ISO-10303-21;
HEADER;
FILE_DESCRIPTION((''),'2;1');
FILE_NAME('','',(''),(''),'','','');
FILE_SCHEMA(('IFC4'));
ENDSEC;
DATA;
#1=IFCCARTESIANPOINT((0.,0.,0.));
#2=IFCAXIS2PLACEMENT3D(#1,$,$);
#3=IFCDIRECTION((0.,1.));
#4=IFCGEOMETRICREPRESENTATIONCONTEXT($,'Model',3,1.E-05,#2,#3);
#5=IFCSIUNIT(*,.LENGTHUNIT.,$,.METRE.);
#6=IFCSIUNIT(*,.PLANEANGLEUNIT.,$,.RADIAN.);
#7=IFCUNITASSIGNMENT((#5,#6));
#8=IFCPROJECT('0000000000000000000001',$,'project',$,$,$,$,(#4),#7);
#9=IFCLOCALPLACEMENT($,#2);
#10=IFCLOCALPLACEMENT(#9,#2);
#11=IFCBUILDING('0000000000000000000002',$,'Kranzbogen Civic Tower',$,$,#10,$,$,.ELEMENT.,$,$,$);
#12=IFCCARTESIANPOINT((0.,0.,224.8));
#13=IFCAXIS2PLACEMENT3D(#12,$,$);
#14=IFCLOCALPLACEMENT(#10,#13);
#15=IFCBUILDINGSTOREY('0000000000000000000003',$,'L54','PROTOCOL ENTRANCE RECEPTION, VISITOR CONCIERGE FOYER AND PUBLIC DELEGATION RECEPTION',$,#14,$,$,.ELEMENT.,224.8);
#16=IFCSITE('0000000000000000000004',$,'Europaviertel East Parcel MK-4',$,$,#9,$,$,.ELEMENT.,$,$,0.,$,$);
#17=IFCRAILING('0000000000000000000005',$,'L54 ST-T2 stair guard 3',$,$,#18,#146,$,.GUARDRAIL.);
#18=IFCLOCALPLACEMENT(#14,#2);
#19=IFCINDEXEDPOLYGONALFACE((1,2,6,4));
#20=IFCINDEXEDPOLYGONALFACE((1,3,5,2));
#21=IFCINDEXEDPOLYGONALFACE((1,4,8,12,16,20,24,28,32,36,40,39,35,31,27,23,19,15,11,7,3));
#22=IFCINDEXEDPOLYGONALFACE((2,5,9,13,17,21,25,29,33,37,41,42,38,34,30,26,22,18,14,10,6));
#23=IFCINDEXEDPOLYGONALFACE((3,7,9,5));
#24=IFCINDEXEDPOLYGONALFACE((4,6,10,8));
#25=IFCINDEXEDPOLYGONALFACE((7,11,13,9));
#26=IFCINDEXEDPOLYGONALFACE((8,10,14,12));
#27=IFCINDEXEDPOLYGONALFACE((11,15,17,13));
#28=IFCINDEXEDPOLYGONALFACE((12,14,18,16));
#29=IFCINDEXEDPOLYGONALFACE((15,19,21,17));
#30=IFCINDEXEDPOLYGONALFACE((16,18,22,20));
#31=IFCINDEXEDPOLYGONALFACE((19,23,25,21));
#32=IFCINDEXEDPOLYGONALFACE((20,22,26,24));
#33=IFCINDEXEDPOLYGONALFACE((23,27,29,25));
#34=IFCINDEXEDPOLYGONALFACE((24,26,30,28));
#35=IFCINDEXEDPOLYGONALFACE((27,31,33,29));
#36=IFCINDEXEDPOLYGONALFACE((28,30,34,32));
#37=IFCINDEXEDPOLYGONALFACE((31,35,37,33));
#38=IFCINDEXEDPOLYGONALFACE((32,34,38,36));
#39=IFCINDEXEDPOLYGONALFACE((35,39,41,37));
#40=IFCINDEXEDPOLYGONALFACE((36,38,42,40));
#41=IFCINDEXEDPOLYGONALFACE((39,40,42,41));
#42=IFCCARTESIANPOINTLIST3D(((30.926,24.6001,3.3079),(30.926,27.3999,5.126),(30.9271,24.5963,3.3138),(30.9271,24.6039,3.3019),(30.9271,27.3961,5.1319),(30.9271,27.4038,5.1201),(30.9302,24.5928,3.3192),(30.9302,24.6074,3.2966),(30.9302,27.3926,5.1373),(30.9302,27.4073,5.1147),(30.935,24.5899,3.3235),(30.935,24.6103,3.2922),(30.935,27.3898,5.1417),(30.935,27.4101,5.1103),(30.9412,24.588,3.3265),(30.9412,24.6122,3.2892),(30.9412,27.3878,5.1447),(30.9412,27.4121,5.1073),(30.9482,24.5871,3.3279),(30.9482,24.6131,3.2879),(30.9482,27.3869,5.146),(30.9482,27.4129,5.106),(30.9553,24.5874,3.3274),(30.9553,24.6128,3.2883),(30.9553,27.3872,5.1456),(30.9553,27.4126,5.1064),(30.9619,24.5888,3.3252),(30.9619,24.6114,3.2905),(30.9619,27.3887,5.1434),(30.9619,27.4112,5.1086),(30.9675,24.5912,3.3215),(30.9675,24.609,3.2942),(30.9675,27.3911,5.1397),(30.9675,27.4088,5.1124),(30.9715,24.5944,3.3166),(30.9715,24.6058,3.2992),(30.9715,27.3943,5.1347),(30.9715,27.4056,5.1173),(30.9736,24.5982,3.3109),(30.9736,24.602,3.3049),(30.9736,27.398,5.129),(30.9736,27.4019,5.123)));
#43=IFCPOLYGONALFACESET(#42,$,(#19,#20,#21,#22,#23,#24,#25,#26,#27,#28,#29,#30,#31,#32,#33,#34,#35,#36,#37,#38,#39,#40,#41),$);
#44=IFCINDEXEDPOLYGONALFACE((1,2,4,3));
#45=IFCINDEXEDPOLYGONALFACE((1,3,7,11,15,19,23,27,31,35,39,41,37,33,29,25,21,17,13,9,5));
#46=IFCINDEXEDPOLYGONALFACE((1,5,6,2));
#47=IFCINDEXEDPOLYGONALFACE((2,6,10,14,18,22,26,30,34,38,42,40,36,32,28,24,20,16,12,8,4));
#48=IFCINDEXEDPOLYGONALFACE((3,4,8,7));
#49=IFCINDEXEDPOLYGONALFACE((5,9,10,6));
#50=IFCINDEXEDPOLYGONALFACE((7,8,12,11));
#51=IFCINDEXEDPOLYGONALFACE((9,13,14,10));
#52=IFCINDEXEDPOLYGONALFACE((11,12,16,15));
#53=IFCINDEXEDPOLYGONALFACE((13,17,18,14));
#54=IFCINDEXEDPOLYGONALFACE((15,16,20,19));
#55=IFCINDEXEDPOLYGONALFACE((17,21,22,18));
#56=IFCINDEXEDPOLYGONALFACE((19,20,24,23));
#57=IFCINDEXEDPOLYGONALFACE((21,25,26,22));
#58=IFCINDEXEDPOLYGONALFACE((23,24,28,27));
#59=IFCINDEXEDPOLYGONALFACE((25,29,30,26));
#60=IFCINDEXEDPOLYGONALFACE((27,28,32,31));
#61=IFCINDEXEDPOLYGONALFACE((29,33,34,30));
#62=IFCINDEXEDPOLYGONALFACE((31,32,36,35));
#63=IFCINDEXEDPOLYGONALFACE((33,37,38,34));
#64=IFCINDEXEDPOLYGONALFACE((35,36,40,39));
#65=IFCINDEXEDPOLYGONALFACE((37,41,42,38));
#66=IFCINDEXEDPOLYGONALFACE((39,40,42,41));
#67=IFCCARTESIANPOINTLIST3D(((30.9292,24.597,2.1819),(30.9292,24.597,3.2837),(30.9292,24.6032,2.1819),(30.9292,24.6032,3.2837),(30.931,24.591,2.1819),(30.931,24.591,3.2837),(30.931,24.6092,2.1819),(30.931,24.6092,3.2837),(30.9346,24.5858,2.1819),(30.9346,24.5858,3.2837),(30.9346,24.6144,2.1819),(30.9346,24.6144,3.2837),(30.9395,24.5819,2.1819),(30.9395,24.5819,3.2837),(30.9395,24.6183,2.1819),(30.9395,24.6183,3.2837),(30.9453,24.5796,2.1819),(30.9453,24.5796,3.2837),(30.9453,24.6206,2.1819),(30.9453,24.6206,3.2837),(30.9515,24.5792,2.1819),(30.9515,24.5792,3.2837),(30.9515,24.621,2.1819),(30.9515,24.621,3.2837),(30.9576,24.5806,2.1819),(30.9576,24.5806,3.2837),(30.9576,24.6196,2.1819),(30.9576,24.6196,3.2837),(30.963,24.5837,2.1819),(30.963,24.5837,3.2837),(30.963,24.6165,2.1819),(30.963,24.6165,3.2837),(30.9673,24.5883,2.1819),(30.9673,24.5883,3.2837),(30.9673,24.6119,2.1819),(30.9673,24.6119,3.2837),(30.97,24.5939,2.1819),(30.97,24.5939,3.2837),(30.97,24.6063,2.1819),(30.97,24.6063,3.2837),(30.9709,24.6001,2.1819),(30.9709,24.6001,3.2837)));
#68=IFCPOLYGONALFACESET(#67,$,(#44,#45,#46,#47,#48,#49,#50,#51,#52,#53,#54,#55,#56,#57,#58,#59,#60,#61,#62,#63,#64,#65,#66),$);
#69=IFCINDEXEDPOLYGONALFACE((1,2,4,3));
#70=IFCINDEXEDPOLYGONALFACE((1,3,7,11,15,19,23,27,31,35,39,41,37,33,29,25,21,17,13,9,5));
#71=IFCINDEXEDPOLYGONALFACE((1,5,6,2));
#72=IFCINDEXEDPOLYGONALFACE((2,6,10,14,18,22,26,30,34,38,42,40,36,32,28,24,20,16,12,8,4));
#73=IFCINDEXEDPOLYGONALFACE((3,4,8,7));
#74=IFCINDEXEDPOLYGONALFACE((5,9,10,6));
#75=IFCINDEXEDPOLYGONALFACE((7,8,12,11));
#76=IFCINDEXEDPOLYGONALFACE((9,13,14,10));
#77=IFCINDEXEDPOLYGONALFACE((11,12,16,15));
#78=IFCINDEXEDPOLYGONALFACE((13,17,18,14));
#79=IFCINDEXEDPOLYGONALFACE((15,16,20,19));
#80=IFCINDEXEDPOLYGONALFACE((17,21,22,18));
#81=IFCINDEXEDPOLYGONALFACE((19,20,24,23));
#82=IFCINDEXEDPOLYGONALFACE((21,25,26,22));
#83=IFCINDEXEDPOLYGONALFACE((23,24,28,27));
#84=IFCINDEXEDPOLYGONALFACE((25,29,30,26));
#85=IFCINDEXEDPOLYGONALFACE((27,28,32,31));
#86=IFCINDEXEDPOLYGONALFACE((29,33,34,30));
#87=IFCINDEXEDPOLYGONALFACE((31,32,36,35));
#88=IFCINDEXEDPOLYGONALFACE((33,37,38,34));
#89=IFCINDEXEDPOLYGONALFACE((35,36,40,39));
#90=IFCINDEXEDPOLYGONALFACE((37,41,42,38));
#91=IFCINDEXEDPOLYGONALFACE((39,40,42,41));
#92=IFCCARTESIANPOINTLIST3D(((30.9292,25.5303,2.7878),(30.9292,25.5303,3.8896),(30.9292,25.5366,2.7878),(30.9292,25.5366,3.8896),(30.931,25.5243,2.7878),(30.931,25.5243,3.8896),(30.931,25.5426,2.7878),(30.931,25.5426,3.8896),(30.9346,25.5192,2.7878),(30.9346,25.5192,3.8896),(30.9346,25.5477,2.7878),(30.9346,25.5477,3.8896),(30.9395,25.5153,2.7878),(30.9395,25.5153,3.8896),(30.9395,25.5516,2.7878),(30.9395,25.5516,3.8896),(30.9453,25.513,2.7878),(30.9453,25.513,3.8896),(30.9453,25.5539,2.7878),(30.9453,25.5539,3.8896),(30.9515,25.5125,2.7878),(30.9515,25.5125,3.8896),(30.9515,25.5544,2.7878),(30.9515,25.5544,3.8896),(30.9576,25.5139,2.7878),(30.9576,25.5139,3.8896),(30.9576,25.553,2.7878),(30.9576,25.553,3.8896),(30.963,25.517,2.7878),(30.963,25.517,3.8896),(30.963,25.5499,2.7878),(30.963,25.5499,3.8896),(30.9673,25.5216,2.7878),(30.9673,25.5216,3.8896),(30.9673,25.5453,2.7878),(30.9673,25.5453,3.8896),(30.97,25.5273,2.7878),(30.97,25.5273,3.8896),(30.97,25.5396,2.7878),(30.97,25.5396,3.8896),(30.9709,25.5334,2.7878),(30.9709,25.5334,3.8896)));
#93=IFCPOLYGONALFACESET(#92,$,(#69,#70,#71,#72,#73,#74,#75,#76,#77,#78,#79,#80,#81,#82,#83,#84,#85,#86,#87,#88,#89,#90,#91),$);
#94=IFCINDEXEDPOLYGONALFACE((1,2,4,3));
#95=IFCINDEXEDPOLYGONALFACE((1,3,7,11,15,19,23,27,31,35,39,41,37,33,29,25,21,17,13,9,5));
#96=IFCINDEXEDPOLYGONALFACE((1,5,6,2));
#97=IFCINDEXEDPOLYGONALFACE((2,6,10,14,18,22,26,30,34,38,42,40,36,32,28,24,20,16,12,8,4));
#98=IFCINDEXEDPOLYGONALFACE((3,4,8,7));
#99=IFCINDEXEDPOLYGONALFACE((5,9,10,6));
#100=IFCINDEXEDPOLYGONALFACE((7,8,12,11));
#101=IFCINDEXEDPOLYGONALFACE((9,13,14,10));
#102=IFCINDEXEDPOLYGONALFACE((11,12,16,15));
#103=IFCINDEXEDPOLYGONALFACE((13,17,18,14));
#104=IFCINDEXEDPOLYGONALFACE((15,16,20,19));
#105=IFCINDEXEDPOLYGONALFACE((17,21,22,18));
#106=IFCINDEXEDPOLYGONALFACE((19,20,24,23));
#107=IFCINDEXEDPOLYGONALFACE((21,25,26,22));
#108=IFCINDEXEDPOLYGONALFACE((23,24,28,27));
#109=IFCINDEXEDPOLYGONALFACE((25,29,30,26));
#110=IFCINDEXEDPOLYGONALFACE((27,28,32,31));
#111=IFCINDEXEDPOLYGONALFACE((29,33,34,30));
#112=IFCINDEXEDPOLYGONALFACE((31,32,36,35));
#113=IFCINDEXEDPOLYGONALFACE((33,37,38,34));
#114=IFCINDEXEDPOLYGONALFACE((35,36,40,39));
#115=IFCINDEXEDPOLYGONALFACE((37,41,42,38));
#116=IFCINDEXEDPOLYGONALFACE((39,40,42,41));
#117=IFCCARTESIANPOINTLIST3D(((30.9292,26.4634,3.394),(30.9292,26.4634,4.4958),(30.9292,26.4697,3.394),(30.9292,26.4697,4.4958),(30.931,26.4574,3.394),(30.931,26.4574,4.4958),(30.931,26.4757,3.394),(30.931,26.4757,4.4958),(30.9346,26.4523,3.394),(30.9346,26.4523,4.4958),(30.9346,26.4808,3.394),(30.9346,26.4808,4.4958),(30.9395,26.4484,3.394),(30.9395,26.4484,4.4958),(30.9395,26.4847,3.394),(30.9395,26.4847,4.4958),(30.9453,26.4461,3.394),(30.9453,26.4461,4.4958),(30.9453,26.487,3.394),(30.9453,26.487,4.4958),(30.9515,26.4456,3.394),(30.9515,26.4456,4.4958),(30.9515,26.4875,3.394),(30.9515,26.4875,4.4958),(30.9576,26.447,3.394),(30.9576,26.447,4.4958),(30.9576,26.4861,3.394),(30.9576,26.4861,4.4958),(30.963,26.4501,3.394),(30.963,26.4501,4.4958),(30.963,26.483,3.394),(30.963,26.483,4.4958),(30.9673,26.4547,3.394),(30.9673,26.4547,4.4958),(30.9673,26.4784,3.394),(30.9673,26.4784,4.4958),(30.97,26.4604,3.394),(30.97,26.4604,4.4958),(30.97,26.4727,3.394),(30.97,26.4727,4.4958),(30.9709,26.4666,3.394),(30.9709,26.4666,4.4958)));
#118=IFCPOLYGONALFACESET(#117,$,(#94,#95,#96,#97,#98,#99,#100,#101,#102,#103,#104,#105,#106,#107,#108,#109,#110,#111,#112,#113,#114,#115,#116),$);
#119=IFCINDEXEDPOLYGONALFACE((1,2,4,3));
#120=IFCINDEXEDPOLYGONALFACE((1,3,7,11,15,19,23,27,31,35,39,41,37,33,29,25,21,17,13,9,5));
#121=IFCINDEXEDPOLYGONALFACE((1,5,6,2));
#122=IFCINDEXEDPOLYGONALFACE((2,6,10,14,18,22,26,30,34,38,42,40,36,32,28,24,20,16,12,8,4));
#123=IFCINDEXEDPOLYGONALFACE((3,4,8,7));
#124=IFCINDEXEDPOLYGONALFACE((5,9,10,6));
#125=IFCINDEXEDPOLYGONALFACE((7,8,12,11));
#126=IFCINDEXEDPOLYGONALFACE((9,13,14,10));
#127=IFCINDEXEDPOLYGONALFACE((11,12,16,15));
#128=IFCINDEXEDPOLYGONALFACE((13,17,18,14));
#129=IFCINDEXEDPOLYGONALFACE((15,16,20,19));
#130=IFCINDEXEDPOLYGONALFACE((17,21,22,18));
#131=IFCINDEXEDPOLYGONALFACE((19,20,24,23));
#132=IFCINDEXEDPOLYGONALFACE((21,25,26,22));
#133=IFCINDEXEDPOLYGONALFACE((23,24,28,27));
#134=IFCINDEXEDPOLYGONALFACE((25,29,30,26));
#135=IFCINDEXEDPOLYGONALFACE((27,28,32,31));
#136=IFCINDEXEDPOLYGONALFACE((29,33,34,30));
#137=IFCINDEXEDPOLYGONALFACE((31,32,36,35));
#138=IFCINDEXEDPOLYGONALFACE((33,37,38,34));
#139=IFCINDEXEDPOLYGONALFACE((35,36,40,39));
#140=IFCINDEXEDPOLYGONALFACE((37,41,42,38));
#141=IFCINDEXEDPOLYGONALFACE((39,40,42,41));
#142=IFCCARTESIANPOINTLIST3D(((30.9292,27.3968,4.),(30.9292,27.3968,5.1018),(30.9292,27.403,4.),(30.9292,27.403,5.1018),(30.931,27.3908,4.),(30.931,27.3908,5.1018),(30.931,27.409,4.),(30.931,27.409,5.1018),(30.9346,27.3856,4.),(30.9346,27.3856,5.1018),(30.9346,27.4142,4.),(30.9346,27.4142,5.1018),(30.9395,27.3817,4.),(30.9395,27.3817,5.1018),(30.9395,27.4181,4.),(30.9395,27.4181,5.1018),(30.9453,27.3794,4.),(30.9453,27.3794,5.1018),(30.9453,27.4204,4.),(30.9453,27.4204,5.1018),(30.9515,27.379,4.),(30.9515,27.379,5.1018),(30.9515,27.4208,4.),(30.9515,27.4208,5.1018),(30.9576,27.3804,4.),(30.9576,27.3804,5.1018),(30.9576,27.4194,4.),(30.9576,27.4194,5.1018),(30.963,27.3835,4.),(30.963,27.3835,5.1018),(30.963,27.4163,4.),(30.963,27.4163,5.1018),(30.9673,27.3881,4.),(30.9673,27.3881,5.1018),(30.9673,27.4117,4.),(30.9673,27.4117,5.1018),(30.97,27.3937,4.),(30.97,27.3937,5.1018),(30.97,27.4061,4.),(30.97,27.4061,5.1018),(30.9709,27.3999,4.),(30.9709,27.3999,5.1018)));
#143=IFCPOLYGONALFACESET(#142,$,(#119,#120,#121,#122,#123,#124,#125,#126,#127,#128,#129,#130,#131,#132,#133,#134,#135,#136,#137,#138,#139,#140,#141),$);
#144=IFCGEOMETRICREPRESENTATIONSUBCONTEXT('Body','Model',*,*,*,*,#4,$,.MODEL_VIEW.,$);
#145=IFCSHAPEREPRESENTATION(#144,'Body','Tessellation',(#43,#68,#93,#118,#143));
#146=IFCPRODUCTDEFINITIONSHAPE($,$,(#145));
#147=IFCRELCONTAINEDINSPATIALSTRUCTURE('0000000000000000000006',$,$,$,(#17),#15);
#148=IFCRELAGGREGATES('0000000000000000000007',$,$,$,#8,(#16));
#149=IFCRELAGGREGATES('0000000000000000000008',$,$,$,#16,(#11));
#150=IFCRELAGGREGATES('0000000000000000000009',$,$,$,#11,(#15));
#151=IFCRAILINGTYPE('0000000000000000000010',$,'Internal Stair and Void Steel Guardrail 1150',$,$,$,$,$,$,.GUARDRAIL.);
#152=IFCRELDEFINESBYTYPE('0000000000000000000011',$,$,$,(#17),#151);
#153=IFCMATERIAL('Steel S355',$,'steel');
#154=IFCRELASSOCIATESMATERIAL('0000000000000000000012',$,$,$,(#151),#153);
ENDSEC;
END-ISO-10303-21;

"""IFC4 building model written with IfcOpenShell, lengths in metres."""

from ifc_helpers import new_model, si_unit, direction, frame, origin, origin_2d, place, context, subcontext, project, spatial, circle, extrude, material, type_object, element, save


model = new_model("IFC4")

# Units and contexts
model_context = context("Model", 3, precision=1e-05, world=origin(), true_north=direction((0.0, 1.0)))
body_context = subcontext(model_context, "Body", "Model", "MODEL_VIEW")
ifc_project = project(units=[si_unit("LENGTHUNIT", "METRE"), si_unit("PLANEANGLEUNIT", "RADIAN")], contexts=[model_context])

# Site, building, storey
site_placement = place(None, origin())
site = spatial("IfcSite", under=ifc_project, at=site_placement, Name="Europaviertel East Parcel MK-4", CompositionType="ELEMENT", RefElevation=0.0)
building_placement = place(site_placement, origin())
building = spatial("IfcBuilding", under=site, at=building_placement, Name="Kranzbogen Civic Tower", CompositionType="ELEMENT")
storey_placement = place(building_placement, frame((0.0, 0.0, 224.8)))
storey = spatial("IfcBuildingStorey", under=building, at=storey_placement, Name="L54", Description="PROTOCOL ENTRANCE RECEPTION, VISITOR CONCIERGE FOYER AND PUBLIC DELEGATION RECEPTION", CompositionType="ELEMENT", Elevation=224.8)

# Shared definitions
ifc_material_1 = material(Name="Steel S355", Category="steel")

# Railing
railing_type_1 = type_object("IfcRailingType", Name="Internal Stair and Void Steel Guardrail 1150", PredefinedType="GUARDRAIL", material=ifc_material_1)
railing_1_placement = place(storey_placement, frame((30.95, 24.6001, 2.1819)))
element("IfcRailing", 1, at=railing_1_placement, inside=storey, type_object=railing_type_1, Name="L54 ST-T2 stair guard 3", PredefinedType="GUARDRAIL", context=body_context, shape_type="SweptSolid", body=[
    extrude(circle(Radius=0.0239, at=origin_2d()), frame((0.0, 0.0, 1.126), z_axis=(0.0, 0.838684, 0.544618), x_axis=(-1.0, 0.0, 0.0)), (0.0, 0.0, 1.0), 3.3384),
    extrude(circle(Radius=0.021, at=origin_2d()), origin(), (0.0, 0.0, 1.0), 1.1018),
    extrude(circle(Radius=0.021, at=origin_2d()), frame((0.0, 0.9333, 0.606)), (0.0, 0.0, 1.0), 1.1018),
    extrude(circle(Radius=0.021, at=origin_2d()), frame((0.0, 1.8665, 1.2122)), (0.0, 0.0, 1.0), 1.1018),
    extrude(circle(Radius=0.021, at=origin_2d()), frame((0.0, 2.7998, 1.8181)), (0.0, 0.0, 1.0), 1.1018),
])

save(model, "model.ifc")
